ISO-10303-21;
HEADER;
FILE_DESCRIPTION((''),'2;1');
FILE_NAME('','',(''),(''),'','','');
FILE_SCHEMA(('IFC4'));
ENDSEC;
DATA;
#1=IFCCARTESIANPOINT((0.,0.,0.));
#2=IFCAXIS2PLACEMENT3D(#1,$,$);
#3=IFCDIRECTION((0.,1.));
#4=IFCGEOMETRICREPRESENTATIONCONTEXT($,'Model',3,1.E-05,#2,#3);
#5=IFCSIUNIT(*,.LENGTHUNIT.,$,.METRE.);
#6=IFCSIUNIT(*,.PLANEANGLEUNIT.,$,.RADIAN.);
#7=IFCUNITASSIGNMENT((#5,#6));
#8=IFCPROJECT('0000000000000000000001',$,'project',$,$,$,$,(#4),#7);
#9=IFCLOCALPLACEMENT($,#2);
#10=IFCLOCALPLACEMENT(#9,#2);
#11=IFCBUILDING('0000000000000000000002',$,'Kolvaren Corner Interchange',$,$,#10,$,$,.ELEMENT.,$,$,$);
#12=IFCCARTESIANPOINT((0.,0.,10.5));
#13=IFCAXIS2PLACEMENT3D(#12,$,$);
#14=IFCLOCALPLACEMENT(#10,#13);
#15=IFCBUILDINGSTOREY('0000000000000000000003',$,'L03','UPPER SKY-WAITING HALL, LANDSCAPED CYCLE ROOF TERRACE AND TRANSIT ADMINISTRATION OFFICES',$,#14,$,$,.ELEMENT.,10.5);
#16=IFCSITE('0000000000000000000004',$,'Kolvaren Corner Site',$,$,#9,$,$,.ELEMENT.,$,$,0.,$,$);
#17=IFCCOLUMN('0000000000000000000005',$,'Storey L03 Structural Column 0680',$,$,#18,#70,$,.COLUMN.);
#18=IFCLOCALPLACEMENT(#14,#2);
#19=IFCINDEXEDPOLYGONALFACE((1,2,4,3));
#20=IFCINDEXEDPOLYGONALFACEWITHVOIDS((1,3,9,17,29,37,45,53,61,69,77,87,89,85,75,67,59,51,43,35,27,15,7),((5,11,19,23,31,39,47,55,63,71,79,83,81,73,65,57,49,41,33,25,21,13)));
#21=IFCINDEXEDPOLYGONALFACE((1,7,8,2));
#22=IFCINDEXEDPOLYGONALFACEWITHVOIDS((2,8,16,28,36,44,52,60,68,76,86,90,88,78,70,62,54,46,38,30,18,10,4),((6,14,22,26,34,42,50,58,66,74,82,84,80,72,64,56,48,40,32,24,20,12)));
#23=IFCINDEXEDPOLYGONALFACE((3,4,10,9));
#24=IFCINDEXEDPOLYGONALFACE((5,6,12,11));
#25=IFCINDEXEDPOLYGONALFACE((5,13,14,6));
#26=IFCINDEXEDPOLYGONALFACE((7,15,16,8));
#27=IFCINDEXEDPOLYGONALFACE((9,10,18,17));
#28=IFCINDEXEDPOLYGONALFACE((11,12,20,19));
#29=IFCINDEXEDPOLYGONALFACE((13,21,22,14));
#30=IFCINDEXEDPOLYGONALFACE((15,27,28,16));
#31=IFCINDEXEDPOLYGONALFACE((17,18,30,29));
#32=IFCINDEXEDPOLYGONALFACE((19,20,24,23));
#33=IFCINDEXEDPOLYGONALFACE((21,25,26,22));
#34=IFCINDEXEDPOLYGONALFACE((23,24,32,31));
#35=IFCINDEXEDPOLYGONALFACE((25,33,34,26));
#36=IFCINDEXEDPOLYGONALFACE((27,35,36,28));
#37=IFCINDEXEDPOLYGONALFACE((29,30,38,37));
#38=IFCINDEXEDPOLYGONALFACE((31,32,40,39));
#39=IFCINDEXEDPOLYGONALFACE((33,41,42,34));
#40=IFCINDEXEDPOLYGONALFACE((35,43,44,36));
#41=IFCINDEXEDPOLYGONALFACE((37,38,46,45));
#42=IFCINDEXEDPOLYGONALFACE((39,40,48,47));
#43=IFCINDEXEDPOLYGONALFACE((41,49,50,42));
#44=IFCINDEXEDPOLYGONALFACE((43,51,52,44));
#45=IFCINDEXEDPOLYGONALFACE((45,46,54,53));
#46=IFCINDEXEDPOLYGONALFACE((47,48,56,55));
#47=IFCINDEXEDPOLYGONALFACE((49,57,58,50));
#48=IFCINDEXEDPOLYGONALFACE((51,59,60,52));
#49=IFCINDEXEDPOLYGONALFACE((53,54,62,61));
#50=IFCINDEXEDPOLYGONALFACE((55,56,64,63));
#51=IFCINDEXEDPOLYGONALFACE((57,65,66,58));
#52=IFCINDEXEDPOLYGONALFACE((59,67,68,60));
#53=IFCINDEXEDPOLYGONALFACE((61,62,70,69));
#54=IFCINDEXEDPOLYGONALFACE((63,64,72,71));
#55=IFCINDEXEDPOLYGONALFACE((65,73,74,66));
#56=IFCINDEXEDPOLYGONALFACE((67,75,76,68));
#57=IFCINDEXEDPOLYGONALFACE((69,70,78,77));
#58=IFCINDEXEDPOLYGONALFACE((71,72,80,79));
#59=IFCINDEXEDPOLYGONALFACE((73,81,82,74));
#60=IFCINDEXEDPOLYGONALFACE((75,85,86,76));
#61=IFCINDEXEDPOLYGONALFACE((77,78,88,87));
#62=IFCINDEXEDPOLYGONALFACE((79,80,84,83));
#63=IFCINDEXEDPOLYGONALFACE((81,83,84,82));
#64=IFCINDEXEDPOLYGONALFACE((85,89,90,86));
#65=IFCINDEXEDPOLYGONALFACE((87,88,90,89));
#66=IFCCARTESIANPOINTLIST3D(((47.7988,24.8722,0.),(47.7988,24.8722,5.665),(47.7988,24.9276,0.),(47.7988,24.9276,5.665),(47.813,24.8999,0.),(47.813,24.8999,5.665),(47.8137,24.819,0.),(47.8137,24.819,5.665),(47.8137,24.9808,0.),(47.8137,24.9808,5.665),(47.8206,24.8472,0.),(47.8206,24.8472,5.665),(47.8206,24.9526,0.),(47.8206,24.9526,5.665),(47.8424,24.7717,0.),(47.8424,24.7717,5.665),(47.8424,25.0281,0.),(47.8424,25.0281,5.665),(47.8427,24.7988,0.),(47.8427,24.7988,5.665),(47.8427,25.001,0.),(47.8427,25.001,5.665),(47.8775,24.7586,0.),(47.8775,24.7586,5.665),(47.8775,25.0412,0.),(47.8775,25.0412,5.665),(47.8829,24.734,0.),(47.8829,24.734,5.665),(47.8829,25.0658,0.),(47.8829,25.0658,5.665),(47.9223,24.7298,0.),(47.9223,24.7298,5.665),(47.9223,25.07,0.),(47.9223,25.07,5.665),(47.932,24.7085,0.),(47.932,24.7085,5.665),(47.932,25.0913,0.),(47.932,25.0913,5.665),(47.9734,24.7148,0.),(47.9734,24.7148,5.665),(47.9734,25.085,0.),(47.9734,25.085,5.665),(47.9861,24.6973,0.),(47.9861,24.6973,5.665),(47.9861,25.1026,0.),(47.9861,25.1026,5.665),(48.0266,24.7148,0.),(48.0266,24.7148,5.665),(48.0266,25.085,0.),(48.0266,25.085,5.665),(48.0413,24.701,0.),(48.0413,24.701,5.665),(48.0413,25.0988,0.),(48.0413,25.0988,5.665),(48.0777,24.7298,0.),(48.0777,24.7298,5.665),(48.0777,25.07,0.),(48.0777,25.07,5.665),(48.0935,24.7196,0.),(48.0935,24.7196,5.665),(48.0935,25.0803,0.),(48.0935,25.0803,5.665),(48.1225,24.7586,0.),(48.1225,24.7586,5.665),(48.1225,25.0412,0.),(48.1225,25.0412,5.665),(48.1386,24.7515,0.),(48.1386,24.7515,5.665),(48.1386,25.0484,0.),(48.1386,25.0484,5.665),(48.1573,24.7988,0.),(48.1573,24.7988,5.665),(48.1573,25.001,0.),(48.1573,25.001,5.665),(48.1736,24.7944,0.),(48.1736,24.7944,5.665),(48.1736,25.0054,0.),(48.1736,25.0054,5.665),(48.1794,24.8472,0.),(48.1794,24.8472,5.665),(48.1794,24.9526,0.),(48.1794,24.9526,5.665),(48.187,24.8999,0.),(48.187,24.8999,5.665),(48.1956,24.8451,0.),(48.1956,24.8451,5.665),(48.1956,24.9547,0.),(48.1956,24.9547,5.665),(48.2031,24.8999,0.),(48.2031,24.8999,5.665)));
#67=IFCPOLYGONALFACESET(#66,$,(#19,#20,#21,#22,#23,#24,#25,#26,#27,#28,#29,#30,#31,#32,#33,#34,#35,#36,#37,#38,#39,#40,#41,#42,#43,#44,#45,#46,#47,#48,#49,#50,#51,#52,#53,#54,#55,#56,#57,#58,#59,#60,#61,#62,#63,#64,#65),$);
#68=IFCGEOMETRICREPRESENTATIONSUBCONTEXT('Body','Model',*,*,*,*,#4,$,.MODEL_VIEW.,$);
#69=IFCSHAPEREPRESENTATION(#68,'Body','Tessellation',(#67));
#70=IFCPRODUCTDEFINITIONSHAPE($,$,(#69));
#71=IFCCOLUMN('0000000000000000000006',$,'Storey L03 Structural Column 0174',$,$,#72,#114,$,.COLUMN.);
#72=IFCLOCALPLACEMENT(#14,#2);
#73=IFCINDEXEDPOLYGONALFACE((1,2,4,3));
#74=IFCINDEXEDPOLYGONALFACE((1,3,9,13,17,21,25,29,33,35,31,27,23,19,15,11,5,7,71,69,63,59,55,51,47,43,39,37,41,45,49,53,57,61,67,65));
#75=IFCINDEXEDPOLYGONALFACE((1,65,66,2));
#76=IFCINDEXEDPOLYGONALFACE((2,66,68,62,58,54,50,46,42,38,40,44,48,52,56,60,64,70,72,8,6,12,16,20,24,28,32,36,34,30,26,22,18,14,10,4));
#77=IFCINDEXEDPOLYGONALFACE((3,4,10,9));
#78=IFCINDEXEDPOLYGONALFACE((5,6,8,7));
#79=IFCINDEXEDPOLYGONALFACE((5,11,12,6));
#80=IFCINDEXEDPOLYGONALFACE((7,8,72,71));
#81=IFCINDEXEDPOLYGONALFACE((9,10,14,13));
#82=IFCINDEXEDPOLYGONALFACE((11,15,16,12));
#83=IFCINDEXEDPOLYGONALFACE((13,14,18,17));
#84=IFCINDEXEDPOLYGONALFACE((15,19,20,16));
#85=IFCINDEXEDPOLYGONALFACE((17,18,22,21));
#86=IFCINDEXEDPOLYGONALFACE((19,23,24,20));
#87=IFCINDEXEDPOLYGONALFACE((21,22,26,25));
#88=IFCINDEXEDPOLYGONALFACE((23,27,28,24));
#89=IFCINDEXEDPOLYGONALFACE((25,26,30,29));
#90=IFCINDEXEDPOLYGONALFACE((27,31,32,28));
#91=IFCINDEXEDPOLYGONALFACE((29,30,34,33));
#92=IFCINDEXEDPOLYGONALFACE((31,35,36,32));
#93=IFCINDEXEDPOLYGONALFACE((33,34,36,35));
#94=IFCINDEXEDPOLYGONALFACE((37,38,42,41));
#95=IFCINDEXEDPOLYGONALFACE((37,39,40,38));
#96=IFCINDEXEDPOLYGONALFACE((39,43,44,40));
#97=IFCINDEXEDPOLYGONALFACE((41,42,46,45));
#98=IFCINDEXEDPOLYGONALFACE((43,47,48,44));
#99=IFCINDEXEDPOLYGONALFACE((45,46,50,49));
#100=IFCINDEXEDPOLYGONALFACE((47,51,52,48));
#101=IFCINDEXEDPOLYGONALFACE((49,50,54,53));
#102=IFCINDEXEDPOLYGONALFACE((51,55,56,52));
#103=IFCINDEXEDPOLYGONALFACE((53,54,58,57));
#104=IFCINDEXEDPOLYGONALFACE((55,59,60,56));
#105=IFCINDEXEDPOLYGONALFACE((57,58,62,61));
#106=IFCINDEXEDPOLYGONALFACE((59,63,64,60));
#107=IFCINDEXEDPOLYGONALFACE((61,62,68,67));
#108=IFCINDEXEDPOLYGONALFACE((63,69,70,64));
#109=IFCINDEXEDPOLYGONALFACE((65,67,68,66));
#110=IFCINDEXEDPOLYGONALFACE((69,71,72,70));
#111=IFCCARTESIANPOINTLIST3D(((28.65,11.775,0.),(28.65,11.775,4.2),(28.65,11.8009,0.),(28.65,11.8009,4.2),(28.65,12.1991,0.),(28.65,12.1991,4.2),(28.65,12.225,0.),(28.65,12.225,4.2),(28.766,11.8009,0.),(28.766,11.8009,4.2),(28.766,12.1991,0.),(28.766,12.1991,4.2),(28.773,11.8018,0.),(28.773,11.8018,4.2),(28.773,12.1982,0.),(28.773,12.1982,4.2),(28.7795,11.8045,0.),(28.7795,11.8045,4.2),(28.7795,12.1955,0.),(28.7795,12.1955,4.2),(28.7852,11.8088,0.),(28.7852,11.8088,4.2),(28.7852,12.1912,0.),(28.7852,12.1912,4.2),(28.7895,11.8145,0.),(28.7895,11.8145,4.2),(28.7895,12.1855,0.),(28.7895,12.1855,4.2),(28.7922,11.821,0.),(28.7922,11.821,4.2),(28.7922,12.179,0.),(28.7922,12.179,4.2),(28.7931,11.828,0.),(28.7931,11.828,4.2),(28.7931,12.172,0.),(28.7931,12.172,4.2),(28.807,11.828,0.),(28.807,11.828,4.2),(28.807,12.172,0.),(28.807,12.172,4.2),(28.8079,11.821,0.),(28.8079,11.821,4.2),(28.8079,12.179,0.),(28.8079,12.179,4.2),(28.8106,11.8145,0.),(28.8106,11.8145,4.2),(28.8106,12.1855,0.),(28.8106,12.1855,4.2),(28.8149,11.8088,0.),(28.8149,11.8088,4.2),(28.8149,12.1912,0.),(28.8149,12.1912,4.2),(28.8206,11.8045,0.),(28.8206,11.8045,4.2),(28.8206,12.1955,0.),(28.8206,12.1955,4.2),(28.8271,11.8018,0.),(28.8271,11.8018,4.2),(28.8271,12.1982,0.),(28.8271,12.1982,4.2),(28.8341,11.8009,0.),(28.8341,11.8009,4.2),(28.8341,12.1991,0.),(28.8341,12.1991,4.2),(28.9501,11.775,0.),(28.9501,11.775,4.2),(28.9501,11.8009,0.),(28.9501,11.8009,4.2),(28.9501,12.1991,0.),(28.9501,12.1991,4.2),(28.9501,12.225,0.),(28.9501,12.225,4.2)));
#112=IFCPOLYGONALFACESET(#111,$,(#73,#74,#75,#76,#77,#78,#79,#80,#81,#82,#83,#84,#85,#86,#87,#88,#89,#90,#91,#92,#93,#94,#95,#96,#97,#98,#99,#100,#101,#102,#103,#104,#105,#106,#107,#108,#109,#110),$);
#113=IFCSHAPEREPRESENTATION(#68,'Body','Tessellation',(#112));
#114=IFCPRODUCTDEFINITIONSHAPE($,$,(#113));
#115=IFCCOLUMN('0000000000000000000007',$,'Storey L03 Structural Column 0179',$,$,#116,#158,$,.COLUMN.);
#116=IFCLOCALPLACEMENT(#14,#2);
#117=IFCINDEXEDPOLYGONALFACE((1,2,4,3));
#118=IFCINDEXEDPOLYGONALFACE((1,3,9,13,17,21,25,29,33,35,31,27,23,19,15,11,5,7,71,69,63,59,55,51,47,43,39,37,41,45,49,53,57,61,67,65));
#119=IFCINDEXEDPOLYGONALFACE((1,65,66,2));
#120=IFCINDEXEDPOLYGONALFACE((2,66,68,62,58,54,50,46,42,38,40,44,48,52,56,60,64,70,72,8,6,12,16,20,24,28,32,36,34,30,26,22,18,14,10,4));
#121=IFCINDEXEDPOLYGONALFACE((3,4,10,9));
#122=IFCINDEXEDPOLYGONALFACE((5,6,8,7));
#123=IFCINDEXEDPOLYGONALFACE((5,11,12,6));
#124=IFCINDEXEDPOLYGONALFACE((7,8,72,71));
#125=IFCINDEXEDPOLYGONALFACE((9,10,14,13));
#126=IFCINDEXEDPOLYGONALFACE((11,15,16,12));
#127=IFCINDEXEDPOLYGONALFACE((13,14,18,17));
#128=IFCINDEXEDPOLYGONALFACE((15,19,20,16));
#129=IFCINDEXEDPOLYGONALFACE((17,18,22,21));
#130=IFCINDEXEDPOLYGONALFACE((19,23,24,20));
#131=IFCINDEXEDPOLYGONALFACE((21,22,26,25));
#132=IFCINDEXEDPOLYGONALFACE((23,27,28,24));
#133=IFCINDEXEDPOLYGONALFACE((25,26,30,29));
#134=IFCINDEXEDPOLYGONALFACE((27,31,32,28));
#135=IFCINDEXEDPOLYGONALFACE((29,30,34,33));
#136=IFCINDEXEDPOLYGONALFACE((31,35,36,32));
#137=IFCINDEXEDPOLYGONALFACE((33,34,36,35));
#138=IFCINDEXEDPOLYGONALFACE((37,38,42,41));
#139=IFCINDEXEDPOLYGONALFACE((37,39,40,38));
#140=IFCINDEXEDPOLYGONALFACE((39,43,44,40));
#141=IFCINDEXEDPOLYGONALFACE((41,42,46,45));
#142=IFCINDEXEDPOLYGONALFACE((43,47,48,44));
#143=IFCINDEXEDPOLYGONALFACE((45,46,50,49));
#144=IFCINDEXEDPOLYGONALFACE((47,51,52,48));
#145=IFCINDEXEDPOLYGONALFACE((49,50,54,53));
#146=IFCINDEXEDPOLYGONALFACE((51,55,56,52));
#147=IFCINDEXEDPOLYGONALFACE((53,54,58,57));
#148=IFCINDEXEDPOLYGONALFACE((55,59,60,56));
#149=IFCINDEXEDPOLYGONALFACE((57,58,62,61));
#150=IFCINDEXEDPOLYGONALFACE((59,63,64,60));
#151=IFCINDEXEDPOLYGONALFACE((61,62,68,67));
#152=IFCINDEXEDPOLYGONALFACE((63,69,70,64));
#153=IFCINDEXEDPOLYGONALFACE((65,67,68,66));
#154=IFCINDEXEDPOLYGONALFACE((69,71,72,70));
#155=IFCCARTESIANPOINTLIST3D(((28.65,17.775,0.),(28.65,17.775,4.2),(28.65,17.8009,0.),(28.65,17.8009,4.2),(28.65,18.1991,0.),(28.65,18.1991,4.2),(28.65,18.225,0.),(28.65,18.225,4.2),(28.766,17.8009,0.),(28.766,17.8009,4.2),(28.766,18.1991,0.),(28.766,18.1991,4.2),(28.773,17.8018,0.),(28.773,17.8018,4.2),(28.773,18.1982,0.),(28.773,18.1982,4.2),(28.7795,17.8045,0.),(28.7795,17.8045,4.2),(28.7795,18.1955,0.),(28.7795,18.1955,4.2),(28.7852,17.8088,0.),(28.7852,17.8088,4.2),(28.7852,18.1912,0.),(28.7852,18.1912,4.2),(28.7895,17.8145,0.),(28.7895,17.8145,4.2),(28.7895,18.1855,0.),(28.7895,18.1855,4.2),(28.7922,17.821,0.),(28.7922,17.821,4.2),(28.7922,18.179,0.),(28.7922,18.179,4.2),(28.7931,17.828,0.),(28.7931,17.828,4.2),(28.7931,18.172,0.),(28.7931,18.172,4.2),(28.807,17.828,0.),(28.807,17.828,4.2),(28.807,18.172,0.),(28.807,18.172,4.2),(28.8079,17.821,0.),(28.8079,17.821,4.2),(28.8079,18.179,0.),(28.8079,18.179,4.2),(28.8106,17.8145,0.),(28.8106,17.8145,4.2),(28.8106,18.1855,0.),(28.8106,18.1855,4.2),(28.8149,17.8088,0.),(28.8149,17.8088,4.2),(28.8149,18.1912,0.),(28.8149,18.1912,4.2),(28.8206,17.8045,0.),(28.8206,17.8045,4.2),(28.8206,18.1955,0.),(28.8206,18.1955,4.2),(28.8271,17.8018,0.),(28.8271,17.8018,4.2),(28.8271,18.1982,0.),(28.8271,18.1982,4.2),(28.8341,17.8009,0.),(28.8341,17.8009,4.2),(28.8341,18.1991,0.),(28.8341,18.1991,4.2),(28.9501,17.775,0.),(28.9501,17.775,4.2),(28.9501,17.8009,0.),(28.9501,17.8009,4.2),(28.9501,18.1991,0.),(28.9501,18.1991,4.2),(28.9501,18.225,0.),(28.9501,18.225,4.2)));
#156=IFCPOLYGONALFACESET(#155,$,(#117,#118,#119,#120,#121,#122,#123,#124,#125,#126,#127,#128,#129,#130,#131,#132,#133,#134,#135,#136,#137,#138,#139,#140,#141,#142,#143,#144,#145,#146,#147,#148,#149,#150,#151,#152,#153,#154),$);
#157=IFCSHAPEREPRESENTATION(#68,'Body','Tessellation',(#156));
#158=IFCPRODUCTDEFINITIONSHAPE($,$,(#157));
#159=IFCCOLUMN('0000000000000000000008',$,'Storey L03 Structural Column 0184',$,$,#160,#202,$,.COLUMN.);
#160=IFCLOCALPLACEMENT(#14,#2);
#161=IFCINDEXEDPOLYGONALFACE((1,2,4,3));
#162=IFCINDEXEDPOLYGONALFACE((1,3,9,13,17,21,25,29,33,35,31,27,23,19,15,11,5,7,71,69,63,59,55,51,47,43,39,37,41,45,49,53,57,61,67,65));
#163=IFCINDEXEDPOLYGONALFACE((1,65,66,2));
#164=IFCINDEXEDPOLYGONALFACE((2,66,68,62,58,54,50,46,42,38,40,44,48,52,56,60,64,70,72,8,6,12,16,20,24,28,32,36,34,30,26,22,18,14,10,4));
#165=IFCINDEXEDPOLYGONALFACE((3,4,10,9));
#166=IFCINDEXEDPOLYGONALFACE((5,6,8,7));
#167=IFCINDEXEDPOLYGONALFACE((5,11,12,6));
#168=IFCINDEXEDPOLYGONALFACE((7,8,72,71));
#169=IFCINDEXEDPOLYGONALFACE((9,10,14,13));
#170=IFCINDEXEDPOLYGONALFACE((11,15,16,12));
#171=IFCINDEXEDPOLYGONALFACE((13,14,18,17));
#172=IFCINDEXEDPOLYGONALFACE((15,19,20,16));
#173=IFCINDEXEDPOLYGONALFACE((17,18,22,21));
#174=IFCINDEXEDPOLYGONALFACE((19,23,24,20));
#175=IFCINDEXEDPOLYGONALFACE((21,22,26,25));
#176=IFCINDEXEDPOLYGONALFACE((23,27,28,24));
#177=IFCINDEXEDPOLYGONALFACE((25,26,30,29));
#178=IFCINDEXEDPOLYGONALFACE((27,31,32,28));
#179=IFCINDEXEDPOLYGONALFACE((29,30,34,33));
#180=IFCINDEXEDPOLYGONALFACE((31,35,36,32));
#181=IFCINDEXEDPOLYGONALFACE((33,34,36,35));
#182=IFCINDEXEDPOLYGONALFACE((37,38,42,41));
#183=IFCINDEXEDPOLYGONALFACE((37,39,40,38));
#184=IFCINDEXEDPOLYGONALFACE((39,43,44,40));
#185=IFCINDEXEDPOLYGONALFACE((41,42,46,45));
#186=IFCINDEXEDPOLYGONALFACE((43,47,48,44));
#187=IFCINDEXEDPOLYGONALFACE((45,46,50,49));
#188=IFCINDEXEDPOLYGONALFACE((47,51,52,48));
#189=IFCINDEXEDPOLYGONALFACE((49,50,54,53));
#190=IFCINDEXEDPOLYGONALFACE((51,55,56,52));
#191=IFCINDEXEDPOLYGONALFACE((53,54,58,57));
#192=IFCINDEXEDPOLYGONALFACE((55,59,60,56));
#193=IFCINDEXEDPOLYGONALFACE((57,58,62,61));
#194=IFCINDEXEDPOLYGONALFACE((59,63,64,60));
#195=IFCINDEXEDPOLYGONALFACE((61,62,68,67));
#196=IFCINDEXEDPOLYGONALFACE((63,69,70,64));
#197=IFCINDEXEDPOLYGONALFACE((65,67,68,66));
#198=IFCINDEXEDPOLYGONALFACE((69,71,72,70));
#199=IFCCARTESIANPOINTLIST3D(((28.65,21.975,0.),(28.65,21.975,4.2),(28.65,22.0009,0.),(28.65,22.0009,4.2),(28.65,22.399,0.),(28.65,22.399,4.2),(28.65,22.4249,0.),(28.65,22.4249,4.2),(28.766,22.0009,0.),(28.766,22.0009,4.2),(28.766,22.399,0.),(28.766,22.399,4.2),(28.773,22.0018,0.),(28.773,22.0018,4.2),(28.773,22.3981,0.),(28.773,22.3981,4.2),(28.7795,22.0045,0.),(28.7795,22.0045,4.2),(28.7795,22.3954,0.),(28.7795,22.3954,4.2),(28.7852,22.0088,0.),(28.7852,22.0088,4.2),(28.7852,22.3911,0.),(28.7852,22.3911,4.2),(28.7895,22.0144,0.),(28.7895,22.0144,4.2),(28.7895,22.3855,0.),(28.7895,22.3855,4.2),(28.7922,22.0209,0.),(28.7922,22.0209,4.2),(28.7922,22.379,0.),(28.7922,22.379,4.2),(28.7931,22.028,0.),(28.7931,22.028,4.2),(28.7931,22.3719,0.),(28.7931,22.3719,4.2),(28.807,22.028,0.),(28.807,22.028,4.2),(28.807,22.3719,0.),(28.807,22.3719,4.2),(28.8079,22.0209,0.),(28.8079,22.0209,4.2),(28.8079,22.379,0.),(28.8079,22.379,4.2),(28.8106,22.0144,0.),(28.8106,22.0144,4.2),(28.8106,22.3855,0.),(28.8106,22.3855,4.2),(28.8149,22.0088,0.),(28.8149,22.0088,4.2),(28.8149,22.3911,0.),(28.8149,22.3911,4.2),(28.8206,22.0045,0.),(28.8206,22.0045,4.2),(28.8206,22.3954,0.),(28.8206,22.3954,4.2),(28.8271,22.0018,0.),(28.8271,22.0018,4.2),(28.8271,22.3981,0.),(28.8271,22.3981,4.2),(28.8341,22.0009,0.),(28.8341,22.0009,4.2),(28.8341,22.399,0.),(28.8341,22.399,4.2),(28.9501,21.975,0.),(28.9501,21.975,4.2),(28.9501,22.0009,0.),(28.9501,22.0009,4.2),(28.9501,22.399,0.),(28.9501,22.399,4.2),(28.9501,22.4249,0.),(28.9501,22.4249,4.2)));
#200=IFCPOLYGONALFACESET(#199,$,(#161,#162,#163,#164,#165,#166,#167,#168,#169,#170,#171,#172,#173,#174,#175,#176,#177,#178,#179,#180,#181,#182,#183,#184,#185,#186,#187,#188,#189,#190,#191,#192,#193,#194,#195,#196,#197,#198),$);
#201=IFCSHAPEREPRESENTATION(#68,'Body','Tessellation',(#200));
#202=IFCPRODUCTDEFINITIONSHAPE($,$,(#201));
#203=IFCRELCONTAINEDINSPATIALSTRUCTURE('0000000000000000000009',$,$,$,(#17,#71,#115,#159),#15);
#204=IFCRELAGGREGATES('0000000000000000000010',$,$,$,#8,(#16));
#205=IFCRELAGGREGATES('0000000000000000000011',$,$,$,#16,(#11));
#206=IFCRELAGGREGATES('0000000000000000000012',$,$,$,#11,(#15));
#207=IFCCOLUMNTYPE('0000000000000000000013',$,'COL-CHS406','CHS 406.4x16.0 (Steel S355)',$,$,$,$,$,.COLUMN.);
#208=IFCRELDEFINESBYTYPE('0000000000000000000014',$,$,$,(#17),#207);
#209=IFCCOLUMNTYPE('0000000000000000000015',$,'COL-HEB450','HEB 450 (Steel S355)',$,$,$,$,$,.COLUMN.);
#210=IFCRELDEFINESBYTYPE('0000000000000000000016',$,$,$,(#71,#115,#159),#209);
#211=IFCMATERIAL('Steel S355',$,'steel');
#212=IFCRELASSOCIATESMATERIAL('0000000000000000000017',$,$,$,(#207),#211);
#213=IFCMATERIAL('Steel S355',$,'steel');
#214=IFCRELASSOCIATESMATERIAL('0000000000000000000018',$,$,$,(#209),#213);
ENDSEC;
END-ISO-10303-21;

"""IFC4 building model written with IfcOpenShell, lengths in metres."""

from ifc_helpers import new_model, si_unit, direction, frame, origin, origin_2d, place, context, subcontext, project, spatial, hollow_circle, i_section, extrude, material, material_profile, profile_set, type_object, element, save


model = new_model("IFC4")

# Units and contexts
model_context = context("Model", 3, precision=1e-05, world=origin(), true_north=direction((0.0, 1.0)))
body_context = subcontext(model_context, "Body", "Model", "MODEL_VIEW")
ifc_project = project(units=[si_unit("LENGTHUNIT", "METRE"), si_unit("PLANEANGLEUNIT", "RADIAN")], contexts=[model_context])

# Site, building, storey
site_placement = place(None, origin())
site = spatial("IfcSite", under=ifc_project, at=site_placement, Name="Kolvaren Corner Site", CompositionType="ELEMENT", RefElevation=0.0)
building_placement = place(site_placement, origin())
building = spatial("IfcBuilding", under=site, at=building_placement, Name="Kolvaren Corner Interchange", CompositionType="ELEMENT")
storey_placement = place(building_placement, frame((0.0, 0.0, 10.5)))
storey = spatial("IfcBuildingStorey", under=building, at=storey_placement, Name="L03", Description="UPPER SKY-WAITING HALL, LANDSCAPED CYCLE ROOF TERRACE AND TRANSIT ADMINISTRATION OFFICES", CompositionType="ELEMENT", Elevation=10.5)

# Columns
ifc_material_1 = material(Name="Steel S355", Category="steel")
ifc_material_profile_1 = material_profile(ifc_material_1, hollow_circle(Radius=0.2031, WallThickness=0.0161, at=origin_2d()), Name="CHS 406.4x16.0")
ifc_profile_set_1 = profile_set([ifc_material_profile_1], Name="Steel S355")
column_type_1 = type_object("IfcColumnType", Name="COL-CHS406", Description="CHS 406.4x16.0 (Steel S355)", PredefinedType="COLUMN", material=ifc_profile_set_1)
column_placement = place(storey_placement, frame((48.0, 24.8999, 0.0), z_axis=(0.0, 0.0, 1.0), x_axis=(1.0, 0.0, 0.0)))
element("IfcColumn", 1, at=column_placement, inside=storey, type_object=column_type_1, Name="Storey L03 Structural Column 0680", PredefinedType="COLUMN", context=body_context, shape_type="SweptSolid", body=[
    extrude(hollow_circle(Radius=0.2031, WallThickness=0.0161, at=origin_2d()), origin(), (0.0, 0.0, 1.0), 5.665),
])
ifc_material_2 = material(Name="Steel S355", Category="steel")
ifc_material_profile_2 = material_profile(ifc_material_2, i_section(OverallWidth=0.3, OverallDepth=0.45, WebThickness=0.0139, FlangeThickness=0.0259, FilletRadius=0.0271, at=origin_2d()), Name="HEB 450")
ifc_profile_set_2 = profile_set([ifc_material_profile_2], Name="Steel S355")
column_type_2 = type_object("IfcColumnType", Name="COL-HEB450", Description="HEB 450 (Steel S355)", PredefinedType="COLUMN", material=ifc_profile_set_2)
for number, where, z_axis, x_axis, name in (
    (2, (28.8, 12.0, 0.0), (0.0, 0.0, 1.0), (1.0, 0.0, 0.0), "Storey L03 Structural Column 0174"),
    (3, (28.8, 18.0, 0.0), (0.0, 0.0, 1.0), (1.0, 0.0, 0.0), "Storey L03 Structural Column 0179"),
    (4, (28.8, 22.2, 0.0), (0.0, 0.0, 1.0), (1.0, 0.0, 0.0), "Storey L03 Structural Column 0184"),
):
    element("IfcColumn", number, at=place(storey_placement, frame(where, z_axis=z_axis, x_axis=x_axis)), inside=storey, type_object=column_type_2, Name=name, PredefinedType="COLUMN", context=body_context, shape_type="SweptSolid", body=[
        extrude(i_section(OverallWidth=0.3, OverallDepth=0.45, WebThickness=0.0139, FlangeThickness=0.0259, FilletRadius=0.0271, at=origin_2d()), origin(), (0.0, 0.0, 1.0), 4.2),
    ])

save(model, "model.ifc")
